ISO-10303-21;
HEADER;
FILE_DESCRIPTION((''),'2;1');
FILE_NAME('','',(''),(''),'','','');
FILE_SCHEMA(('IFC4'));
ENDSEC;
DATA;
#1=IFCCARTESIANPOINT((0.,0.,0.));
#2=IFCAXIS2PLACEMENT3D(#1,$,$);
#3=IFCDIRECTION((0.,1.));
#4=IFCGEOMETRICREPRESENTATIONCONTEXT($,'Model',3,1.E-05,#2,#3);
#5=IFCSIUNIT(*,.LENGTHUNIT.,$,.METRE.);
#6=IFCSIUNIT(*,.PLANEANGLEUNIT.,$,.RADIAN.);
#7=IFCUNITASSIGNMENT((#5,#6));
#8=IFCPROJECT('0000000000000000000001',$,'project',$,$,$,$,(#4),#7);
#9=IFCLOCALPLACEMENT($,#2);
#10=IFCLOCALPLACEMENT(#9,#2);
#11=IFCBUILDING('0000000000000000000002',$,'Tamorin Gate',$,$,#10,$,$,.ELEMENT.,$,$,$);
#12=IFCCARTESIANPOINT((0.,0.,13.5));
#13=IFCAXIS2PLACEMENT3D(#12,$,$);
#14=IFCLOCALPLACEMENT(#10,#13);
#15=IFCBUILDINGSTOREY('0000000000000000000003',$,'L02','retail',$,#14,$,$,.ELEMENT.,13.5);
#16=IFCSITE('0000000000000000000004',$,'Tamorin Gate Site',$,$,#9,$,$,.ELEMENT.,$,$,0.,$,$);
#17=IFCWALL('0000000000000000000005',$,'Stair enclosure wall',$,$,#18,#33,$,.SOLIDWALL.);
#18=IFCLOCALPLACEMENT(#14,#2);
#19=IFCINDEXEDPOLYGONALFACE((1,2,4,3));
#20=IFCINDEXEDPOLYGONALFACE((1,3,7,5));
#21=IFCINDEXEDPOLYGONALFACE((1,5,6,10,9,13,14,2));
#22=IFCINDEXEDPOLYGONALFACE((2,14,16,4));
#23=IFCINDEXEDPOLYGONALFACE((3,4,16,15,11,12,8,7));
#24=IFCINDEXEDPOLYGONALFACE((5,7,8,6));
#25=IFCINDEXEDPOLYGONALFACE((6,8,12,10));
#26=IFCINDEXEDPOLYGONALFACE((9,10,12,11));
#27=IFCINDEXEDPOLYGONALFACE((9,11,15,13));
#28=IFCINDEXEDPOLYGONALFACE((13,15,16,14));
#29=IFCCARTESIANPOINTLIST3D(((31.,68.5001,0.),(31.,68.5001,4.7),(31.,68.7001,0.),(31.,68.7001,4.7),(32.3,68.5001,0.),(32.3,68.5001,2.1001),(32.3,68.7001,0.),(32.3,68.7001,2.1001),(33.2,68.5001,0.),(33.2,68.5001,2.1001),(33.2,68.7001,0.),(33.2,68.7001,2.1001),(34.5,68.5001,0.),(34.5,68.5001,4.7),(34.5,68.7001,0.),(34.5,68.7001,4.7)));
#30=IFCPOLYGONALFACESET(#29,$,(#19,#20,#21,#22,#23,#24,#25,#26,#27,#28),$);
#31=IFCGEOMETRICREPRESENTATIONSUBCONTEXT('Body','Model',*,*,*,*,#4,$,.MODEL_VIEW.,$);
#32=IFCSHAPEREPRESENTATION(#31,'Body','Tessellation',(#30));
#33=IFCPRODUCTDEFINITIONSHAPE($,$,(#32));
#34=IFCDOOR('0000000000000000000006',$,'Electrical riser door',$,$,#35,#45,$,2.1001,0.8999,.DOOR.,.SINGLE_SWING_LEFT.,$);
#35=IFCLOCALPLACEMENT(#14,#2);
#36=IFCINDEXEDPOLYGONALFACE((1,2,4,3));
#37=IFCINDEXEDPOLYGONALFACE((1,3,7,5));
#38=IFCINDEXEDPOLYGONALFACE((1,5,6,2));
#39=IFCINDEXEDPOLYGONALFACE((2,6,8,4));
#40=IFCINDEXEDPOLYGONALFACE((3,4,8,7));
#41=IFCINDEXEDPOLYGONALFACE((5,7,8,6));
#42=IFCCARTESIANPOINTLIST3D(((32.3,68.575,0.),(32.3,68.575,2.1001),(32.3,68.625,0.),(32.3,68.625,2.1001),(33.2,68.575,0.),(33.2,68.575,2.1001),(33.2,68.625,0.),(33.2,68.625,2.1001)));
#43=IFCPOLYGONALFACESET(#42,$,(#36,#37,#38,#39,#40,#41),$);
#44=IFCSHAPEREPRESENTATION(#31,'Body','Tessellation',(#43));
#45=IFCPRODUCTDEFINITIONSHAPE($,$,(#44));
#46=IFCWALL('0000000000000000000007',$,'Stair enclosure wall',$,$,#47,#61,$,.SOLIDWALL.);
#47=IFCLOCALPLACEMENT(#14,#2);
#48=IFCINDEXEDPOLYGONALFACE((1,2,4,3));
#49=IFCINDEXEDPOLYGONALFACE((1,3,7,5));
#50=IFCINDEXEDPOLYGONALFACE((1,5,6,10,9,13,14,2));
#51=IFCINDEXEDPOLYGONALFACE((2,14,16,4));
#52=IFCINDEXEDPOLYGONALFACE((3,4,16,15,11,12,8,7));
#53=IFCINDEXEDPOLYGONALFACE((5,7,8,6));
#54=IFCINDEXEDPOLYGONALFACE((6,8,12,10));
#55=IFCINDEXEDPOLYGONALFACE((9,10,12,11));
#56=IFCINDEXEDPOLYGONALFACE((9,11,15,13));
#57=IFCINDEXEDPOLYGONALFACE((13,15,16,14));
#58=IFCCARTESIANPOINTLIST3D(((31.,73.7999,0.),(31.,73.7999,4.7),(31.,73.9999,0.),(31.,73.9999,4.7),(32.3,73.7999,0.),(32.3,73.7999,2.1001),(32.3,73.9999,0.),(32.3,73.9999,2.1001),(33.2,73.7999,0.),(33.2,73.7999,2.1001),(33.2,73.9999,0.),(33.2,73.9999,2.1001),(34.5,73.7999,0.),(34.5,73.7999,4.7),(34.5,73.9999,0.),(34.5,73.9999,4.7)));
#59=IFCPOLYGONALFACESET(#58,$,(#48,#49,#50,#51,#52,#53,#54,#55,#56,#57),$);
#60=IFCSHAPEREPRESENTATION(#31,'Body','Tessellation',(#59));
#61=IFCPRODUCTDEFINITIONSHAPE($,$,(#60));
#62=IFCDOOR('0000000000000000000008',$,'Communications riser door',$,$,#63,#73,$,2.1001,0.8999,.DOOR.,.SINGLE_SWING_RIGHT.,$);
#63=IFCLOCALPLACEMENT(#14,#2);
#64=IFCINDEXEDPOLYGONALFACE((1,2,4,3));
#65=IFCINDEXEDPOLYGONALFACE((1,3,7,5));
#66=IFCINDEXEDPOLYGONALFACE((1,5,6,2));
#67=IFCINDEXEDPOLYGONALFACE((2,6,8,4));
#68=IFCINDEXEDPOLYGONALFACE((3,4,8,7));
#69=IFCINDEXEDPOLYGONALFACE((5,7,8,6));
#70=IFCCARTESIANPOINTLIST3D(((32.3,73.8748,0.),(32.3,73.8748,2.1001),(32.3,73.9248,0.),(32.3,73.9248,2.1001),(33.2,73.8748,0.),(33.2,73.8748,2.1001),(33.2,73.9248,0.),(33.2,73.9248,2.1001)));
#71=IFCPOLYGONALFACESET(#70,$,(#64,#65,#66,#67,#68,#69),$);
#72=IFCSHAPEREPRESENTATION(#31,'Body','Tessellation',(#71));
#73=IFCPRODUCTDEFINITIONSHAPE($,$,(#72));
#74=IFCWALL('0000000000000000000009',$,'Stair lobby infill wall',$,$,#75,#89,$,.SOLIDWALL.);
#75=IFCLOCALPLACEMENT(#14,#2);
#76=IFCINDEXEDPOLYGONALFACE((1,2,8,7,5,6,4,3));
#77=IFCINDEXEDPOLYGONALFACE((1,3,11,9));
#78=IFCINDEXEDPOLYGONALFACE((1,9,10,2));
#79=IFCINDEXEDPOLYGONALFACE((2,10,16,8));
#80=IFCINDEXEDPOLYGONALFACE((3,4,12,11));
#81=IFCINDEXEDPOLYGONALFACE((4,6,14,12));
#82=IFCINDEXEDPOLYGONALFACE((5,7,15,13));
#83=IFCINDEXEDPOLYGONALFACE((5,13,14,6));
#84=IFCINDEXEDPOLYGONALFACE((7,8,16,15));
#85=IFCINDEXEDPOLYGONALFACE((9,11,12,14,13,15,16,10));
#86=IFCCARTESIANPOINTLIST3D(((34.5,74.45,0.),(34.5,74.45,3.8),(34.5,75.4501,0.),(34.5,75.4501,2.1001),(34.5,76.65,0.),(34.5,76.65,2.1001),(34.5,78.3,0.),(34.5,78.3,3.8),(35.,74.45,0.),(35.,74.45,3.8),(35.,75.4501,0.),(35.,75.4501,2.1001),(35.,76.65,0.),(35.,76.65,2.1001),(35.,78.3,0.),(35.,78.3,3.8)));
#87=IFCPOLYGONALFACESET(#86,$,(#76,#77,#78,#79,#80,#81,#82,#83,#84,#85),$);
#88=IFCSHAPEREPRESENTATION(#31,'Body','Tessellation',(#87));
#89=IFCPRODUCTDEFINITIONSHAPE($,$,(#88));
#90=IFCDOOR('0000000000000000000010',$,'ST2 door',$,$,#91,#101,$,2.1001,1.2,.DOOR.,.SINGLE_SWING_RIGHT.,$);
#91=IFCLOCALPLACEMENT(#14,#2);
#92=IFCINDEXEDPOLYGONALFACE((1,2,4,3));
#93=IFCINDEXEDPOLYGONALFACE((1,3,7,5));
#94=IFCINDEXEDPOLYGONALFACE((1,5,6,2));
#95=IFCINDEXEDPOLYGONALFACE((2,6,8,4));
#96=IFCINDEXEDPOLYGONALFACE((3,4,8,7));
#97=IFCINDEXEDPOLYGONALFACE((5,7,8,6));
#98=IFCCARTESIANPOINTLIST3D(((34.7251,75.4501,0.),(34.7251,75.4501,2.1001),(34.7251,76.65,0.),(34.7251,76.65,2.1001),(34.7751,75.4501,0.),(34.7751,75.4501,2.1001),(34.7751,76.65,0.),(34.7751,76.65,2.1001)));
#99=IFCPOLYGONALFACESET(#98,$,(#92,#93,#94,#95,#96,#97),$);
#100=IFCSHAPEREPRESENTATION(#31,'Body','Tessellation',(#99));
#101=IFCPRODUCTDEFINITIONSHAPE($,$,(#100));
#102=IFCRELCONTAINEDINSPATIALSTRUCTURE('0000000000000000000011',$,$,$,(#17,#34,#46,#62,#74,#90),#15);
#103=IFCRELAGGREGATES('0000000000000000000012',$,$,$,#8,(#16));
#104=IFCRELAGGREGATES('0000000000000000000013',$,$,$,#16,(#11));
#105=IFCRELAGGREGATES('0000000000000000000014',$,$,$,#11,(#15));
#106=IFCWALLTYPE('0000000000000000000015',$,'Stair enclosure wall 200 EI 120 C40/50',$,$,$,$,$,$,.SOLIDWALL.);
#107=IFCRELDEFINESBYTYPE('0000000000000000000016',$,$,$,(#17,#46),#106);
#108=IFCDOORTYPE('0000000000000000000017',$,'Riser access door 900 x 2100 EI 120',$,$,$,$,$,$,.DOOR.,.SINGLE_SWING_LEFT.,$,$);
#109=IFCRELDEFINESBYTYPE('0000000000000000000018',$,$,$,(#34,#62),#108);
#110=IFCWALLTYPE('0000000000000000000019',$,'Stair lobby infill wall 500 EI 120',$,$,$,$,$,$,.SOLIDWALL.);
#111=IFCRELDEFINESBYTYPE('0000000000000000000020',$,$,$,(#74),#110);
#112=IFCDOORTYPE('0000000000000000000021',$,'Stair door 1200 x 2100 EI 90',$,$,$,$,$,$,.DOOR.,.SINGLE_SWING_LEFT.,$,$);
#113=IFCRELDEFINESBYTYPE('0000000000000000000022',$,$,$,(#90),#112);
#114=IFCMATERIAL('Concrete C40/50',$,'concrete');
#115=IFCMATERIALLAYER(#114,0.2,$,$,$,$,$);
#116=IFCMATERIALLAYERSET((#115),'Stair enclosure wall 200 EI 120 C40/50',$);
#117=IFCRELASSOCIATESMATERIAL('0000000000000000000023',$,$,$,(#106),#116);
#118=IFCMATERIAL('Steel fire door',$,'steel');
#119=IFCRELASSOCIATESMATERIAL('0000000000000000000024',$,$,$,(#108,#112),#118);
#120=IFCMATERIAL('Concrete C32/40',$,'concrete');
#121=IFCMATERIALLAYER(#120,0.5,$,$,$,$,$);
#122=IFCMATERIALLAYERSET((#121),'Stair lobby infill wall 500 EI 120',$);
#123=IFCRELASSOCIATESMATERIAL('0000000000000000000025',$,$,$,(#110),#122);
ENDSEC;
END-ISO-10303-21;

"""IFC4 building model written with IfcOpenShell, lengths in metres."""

from ifc_helpers import new_model, si_unit, direction, frame, frame_2d, origin, place, context, subcontext, project, spatial, rectangle, extrude, material, layer, layer_set, type_object, element, fill, save


model = new_model("IFC4")

# Units and contexts
model_context = context("Model", 3, precision=1e-05, world=origin(), true_north=direction((0.0, 1.0)))
body_context = subcontext(model_context, "Body", "Model", "MODEL_VIEW")
ifc_project = project(units=[si_unit("LENGTHUNIT", "METRE"), si_unit("PLANEANGLEUNIT", "RADIAN")], contexts=[model_context])

# Site, building, storey
site_placement = place(None, origin())
site = spatial("IfcSite", under=ifc_project, at=site_placement, Name="Tamorin Gate Site", CompositionType="ELEMENT", RefElevation=0.0)
building_placement = place(site_placement, origin())
building = spatial("IfcBuilding", under=site, at=building_placement, Name="Tamorin Gate", CompositionType="ELEMENT")
storey_placement = place(building_placement, frame((0.0, 0.0, 13.5)))
storey = spatial("IfcBuildingStorey", under=building, at=storey_placement, Name="L02", Description="retail", CompositionType="ELEMENT", Elevation=13.5)

# Shared definitions
ifc_material_1 = material(Name="Concrete C32/40", Category="concrete")

# Walls, openings, doors
ifc_material_2 = material(Name="Concrete C40/50", Category="concrete")
ifc_layer_1 = layer(ifc_material_2, 0.2)
ifc_layer_set_1 = layer_set([ifc_layer_1], Name="Stair enclosure wall 200 EI 120 C40/50")
wall_type_1 = type_object("IfcWallType", Name="Stair enclosure wall 200 EI 120 C40/50", PredefinedType="SOLIDWALL", material=ifc_layer_set_1)
wall_1_placement = place(storey_placement, frame((31.0, 68.6001, 0.0), z_axis=(0.0, 0.0, 1.0), x_axis=(1.0, 0.0, 0.0)))
wall_1 = element("IfcWall", 1, at=wall_1_placement, inside=storey, type_object=wall_type_1, Name="Stair enclosure wall", PredefinedType="SOLIDWALL", context=body_context, shape_type="SweptSolid", body=[
    extrude(rectangle(XDim=3.5, YDim=0.2, at=frame_2d((1.75, 0.0))), origin(), (0.0, 0.0, 1.0), 4.7),
])
opening_1_placement = place(wall_1_placement, frame((1.3, 0.0, 0.0)))
opening_1 = element("IfcOpeningElement", 2, at=opening_1_placement, cuts=wall_1, PredefinedType="OPENING", context=body_context, shape_type="SweptSolid", body=[
    extrude(rectangle(XDim=0.8999, YDim=2.1001, at=frame_2d((0.45, 1.05))), frame((0.0, 0.1099, 0.0), z_axis=(0.0, -1.0, 0.0), x_axis=(1.0, 0.0, 0.0)), (0.0, 0.0, 1.0), 0.22),
])
ifc_material_3 = material(Name="Steel fire door", Category="steel")
door_type_1 = type_object("IfcDoorType", Name="Riser access door 900 x 2100 EI 120", OperationType="SINGLE_SWING_LEFT", PredefinedType="DOOR", material=ifc_material_3)
door_1_placement = place(opening_1_placement, origin())
door_1 = element("IfcDoor", 3, at=door_1_placement, inside=storey, type_object=door_type_1, Name="Electrical riser door", OperationType="SINGLE_SWING_LEFT", OverallHeight=2.1001, OverallWidth=0.8999, PredefinedType="DOOR", context=body_context, shape_type="SweptSolid", body=[
    extrude(rectangle(XDim=0.8999, YDim=2.1001, at=frame_2d((0.45, 1.05))), frame((0.0, 0.0249, 0.0), z_axis=(0.0, -1.0, 0.0), x_axis=(1.0, 0.0, 0.0)), (0.0, 0.0, 1.0), 0.05),
])
fill(opening_1, door_1)
wall_2_placement = place(storey_placement, frame((31.0, 73.8999, 0.0), z_axis=(0.0, 0.0, 1.0), x_axis=(1.0, 0.0, 0.0)))
wall_2 = element("IfcWall", 4, at=wall_2_placement, inside=storey, type_object=wall_type_1, Name="Stair enclosure wall", PredefinedType="SOLIDWALL", context=body_context, shape_type="SweptSolid", body=[
    extrude(rectangle(XDim=3.5, YDim=0.2, at=frame_2d((1.75, 0.0))), origin(), (0.0, 0.0, 1.0), 4.7),
])
opening_2_placement = place(wall_2_placement, frame((1.3, 0.0, 0.0)))
opening_2 = element("IfcOpeningElement", 5, at=opening_2_placement, cuts=wall_2, PredefinedType="OPENING", context=body_context, shape_type="SweptSolid", body=[
    extrude(rectangle(XDim=0.8999, YDim=2.1001, at=frame_2d((0.45, 1.05))), frame((0.0, 0.1099, 0.0), z_axis=(0.0, -1.0, 0.0), x_axis=(1.0, 0.0, 0.0)), (0.0, 0.0, 1.0), 0.22),
])
door_2_placement = place(opening_2_placement, origin())
door_2 = element("IfcDoor", 6, at=door_2_placement, inside=storey, type_object=door_type_1, Name="Communications riser door", OperationType="SINGLE_SWING_RIGHT", OverallHeight=2.1001, OverallWidth=0.8999, PredefinedType="DOOR", context=body_context, shape_type="SweptSolid", body=[
    extrude(rectangle(XDim=0.8999, YDim=2.1001, at=frame_2d((0.45, 1.05))), frame((0.0, 0.0249, 0.0), z_axis=(0.0, -1.0, 0.0), x_axis=(1.0, 0.0, 0.0)), (0.0, 0.0, 1.0), 0.05),
])
fill(opening_2, door_2)
ifc_layer_2 = layer(ifc_material_1, 0.5)
ifc_layer_set_2 = layer_set([ifc_layer_2], Name="Stair lobby infill wall 500 EI 120")
wall_type_2 = type_object("IfcWallType", Name="Stair lobby infill wall 500 EI 120", PredefinedType="SOLIDWALL", material=ifc_layer_set_2)
wall_3_placement = place(storey_placement, frame((34.75, 74.45, 0.0), z_axis=(0.0, 0.0, 1.0), x_axis=(0.0, 1.0, 0.0)))
wall_3 = element("IfcWall", 7, at=wall_3_placement, inside=storey, type_object=wall_type_2, Name="Stair lobby infill wall", PredefinedType="SOLIDWALL", context=body_context, shape_type="SweptSolid", body=[
    extrude(rectangle(XDim=3.8501, YDim=0.5, at=frame_2d((1.925, 0.0))), origin(), (0.0, 0.0, 1.0), 3.8),
])
opening_3_placement = place(wall_3_placement, frame((1.0, 0.0, 0.0)))
opening_3 = element("IfcOpeningElement", 8, at=opening_3_placement, cuts=wall_3, PredefinedType="OPENING", context=body_context, shape_type="SweptSolid", body=[
    extrude(rectangle(XDim=1.2, YDim=2.1001, at=frame_2d((0.6001, 1.05))), frame((0.0, 0.26, 0.0), z_axis=(0.0, -1.0, 0.0), x_axis=(1.0, 0.0, 0.0)), (0.0, 0.0, 1.0), 0.52),
])
door_type_2 = type_object("IfcDoorType", Name="Stair door 1200 x 2100 EI 90", OperationType="SINGLE_SWING_LEFT", PredefinedType="DOOR", material=ifc_material_3)
door_3_placement = place(opening_3_placement, origin())
door_3 = element("IfcDoor", 9, at=door_3_placement, inside=storey, type_object=door_type_2, Name="ST2 door", OperationType="SINGLE_SWING_RIGHT", OverallHeight=2.1001, OverallWidth=1.2, PredefinedType="DOOR", context=body_context, shape_type="SweptSolid", body=[
    extrude(rectangle(XDim=1.2, YDim=2.1001, at=frame_2d((0.6001, 1.05))), frame((0.0, 0.0249, 0.0), z_axis=(0.0, -1.0, 0.0), x_axis=(1.0, 0.0, 0.0)), (0.0, 0.0, 1.0), 0.05),
])
fill(opening_3, door_3)

save(model, "model.ifc")
